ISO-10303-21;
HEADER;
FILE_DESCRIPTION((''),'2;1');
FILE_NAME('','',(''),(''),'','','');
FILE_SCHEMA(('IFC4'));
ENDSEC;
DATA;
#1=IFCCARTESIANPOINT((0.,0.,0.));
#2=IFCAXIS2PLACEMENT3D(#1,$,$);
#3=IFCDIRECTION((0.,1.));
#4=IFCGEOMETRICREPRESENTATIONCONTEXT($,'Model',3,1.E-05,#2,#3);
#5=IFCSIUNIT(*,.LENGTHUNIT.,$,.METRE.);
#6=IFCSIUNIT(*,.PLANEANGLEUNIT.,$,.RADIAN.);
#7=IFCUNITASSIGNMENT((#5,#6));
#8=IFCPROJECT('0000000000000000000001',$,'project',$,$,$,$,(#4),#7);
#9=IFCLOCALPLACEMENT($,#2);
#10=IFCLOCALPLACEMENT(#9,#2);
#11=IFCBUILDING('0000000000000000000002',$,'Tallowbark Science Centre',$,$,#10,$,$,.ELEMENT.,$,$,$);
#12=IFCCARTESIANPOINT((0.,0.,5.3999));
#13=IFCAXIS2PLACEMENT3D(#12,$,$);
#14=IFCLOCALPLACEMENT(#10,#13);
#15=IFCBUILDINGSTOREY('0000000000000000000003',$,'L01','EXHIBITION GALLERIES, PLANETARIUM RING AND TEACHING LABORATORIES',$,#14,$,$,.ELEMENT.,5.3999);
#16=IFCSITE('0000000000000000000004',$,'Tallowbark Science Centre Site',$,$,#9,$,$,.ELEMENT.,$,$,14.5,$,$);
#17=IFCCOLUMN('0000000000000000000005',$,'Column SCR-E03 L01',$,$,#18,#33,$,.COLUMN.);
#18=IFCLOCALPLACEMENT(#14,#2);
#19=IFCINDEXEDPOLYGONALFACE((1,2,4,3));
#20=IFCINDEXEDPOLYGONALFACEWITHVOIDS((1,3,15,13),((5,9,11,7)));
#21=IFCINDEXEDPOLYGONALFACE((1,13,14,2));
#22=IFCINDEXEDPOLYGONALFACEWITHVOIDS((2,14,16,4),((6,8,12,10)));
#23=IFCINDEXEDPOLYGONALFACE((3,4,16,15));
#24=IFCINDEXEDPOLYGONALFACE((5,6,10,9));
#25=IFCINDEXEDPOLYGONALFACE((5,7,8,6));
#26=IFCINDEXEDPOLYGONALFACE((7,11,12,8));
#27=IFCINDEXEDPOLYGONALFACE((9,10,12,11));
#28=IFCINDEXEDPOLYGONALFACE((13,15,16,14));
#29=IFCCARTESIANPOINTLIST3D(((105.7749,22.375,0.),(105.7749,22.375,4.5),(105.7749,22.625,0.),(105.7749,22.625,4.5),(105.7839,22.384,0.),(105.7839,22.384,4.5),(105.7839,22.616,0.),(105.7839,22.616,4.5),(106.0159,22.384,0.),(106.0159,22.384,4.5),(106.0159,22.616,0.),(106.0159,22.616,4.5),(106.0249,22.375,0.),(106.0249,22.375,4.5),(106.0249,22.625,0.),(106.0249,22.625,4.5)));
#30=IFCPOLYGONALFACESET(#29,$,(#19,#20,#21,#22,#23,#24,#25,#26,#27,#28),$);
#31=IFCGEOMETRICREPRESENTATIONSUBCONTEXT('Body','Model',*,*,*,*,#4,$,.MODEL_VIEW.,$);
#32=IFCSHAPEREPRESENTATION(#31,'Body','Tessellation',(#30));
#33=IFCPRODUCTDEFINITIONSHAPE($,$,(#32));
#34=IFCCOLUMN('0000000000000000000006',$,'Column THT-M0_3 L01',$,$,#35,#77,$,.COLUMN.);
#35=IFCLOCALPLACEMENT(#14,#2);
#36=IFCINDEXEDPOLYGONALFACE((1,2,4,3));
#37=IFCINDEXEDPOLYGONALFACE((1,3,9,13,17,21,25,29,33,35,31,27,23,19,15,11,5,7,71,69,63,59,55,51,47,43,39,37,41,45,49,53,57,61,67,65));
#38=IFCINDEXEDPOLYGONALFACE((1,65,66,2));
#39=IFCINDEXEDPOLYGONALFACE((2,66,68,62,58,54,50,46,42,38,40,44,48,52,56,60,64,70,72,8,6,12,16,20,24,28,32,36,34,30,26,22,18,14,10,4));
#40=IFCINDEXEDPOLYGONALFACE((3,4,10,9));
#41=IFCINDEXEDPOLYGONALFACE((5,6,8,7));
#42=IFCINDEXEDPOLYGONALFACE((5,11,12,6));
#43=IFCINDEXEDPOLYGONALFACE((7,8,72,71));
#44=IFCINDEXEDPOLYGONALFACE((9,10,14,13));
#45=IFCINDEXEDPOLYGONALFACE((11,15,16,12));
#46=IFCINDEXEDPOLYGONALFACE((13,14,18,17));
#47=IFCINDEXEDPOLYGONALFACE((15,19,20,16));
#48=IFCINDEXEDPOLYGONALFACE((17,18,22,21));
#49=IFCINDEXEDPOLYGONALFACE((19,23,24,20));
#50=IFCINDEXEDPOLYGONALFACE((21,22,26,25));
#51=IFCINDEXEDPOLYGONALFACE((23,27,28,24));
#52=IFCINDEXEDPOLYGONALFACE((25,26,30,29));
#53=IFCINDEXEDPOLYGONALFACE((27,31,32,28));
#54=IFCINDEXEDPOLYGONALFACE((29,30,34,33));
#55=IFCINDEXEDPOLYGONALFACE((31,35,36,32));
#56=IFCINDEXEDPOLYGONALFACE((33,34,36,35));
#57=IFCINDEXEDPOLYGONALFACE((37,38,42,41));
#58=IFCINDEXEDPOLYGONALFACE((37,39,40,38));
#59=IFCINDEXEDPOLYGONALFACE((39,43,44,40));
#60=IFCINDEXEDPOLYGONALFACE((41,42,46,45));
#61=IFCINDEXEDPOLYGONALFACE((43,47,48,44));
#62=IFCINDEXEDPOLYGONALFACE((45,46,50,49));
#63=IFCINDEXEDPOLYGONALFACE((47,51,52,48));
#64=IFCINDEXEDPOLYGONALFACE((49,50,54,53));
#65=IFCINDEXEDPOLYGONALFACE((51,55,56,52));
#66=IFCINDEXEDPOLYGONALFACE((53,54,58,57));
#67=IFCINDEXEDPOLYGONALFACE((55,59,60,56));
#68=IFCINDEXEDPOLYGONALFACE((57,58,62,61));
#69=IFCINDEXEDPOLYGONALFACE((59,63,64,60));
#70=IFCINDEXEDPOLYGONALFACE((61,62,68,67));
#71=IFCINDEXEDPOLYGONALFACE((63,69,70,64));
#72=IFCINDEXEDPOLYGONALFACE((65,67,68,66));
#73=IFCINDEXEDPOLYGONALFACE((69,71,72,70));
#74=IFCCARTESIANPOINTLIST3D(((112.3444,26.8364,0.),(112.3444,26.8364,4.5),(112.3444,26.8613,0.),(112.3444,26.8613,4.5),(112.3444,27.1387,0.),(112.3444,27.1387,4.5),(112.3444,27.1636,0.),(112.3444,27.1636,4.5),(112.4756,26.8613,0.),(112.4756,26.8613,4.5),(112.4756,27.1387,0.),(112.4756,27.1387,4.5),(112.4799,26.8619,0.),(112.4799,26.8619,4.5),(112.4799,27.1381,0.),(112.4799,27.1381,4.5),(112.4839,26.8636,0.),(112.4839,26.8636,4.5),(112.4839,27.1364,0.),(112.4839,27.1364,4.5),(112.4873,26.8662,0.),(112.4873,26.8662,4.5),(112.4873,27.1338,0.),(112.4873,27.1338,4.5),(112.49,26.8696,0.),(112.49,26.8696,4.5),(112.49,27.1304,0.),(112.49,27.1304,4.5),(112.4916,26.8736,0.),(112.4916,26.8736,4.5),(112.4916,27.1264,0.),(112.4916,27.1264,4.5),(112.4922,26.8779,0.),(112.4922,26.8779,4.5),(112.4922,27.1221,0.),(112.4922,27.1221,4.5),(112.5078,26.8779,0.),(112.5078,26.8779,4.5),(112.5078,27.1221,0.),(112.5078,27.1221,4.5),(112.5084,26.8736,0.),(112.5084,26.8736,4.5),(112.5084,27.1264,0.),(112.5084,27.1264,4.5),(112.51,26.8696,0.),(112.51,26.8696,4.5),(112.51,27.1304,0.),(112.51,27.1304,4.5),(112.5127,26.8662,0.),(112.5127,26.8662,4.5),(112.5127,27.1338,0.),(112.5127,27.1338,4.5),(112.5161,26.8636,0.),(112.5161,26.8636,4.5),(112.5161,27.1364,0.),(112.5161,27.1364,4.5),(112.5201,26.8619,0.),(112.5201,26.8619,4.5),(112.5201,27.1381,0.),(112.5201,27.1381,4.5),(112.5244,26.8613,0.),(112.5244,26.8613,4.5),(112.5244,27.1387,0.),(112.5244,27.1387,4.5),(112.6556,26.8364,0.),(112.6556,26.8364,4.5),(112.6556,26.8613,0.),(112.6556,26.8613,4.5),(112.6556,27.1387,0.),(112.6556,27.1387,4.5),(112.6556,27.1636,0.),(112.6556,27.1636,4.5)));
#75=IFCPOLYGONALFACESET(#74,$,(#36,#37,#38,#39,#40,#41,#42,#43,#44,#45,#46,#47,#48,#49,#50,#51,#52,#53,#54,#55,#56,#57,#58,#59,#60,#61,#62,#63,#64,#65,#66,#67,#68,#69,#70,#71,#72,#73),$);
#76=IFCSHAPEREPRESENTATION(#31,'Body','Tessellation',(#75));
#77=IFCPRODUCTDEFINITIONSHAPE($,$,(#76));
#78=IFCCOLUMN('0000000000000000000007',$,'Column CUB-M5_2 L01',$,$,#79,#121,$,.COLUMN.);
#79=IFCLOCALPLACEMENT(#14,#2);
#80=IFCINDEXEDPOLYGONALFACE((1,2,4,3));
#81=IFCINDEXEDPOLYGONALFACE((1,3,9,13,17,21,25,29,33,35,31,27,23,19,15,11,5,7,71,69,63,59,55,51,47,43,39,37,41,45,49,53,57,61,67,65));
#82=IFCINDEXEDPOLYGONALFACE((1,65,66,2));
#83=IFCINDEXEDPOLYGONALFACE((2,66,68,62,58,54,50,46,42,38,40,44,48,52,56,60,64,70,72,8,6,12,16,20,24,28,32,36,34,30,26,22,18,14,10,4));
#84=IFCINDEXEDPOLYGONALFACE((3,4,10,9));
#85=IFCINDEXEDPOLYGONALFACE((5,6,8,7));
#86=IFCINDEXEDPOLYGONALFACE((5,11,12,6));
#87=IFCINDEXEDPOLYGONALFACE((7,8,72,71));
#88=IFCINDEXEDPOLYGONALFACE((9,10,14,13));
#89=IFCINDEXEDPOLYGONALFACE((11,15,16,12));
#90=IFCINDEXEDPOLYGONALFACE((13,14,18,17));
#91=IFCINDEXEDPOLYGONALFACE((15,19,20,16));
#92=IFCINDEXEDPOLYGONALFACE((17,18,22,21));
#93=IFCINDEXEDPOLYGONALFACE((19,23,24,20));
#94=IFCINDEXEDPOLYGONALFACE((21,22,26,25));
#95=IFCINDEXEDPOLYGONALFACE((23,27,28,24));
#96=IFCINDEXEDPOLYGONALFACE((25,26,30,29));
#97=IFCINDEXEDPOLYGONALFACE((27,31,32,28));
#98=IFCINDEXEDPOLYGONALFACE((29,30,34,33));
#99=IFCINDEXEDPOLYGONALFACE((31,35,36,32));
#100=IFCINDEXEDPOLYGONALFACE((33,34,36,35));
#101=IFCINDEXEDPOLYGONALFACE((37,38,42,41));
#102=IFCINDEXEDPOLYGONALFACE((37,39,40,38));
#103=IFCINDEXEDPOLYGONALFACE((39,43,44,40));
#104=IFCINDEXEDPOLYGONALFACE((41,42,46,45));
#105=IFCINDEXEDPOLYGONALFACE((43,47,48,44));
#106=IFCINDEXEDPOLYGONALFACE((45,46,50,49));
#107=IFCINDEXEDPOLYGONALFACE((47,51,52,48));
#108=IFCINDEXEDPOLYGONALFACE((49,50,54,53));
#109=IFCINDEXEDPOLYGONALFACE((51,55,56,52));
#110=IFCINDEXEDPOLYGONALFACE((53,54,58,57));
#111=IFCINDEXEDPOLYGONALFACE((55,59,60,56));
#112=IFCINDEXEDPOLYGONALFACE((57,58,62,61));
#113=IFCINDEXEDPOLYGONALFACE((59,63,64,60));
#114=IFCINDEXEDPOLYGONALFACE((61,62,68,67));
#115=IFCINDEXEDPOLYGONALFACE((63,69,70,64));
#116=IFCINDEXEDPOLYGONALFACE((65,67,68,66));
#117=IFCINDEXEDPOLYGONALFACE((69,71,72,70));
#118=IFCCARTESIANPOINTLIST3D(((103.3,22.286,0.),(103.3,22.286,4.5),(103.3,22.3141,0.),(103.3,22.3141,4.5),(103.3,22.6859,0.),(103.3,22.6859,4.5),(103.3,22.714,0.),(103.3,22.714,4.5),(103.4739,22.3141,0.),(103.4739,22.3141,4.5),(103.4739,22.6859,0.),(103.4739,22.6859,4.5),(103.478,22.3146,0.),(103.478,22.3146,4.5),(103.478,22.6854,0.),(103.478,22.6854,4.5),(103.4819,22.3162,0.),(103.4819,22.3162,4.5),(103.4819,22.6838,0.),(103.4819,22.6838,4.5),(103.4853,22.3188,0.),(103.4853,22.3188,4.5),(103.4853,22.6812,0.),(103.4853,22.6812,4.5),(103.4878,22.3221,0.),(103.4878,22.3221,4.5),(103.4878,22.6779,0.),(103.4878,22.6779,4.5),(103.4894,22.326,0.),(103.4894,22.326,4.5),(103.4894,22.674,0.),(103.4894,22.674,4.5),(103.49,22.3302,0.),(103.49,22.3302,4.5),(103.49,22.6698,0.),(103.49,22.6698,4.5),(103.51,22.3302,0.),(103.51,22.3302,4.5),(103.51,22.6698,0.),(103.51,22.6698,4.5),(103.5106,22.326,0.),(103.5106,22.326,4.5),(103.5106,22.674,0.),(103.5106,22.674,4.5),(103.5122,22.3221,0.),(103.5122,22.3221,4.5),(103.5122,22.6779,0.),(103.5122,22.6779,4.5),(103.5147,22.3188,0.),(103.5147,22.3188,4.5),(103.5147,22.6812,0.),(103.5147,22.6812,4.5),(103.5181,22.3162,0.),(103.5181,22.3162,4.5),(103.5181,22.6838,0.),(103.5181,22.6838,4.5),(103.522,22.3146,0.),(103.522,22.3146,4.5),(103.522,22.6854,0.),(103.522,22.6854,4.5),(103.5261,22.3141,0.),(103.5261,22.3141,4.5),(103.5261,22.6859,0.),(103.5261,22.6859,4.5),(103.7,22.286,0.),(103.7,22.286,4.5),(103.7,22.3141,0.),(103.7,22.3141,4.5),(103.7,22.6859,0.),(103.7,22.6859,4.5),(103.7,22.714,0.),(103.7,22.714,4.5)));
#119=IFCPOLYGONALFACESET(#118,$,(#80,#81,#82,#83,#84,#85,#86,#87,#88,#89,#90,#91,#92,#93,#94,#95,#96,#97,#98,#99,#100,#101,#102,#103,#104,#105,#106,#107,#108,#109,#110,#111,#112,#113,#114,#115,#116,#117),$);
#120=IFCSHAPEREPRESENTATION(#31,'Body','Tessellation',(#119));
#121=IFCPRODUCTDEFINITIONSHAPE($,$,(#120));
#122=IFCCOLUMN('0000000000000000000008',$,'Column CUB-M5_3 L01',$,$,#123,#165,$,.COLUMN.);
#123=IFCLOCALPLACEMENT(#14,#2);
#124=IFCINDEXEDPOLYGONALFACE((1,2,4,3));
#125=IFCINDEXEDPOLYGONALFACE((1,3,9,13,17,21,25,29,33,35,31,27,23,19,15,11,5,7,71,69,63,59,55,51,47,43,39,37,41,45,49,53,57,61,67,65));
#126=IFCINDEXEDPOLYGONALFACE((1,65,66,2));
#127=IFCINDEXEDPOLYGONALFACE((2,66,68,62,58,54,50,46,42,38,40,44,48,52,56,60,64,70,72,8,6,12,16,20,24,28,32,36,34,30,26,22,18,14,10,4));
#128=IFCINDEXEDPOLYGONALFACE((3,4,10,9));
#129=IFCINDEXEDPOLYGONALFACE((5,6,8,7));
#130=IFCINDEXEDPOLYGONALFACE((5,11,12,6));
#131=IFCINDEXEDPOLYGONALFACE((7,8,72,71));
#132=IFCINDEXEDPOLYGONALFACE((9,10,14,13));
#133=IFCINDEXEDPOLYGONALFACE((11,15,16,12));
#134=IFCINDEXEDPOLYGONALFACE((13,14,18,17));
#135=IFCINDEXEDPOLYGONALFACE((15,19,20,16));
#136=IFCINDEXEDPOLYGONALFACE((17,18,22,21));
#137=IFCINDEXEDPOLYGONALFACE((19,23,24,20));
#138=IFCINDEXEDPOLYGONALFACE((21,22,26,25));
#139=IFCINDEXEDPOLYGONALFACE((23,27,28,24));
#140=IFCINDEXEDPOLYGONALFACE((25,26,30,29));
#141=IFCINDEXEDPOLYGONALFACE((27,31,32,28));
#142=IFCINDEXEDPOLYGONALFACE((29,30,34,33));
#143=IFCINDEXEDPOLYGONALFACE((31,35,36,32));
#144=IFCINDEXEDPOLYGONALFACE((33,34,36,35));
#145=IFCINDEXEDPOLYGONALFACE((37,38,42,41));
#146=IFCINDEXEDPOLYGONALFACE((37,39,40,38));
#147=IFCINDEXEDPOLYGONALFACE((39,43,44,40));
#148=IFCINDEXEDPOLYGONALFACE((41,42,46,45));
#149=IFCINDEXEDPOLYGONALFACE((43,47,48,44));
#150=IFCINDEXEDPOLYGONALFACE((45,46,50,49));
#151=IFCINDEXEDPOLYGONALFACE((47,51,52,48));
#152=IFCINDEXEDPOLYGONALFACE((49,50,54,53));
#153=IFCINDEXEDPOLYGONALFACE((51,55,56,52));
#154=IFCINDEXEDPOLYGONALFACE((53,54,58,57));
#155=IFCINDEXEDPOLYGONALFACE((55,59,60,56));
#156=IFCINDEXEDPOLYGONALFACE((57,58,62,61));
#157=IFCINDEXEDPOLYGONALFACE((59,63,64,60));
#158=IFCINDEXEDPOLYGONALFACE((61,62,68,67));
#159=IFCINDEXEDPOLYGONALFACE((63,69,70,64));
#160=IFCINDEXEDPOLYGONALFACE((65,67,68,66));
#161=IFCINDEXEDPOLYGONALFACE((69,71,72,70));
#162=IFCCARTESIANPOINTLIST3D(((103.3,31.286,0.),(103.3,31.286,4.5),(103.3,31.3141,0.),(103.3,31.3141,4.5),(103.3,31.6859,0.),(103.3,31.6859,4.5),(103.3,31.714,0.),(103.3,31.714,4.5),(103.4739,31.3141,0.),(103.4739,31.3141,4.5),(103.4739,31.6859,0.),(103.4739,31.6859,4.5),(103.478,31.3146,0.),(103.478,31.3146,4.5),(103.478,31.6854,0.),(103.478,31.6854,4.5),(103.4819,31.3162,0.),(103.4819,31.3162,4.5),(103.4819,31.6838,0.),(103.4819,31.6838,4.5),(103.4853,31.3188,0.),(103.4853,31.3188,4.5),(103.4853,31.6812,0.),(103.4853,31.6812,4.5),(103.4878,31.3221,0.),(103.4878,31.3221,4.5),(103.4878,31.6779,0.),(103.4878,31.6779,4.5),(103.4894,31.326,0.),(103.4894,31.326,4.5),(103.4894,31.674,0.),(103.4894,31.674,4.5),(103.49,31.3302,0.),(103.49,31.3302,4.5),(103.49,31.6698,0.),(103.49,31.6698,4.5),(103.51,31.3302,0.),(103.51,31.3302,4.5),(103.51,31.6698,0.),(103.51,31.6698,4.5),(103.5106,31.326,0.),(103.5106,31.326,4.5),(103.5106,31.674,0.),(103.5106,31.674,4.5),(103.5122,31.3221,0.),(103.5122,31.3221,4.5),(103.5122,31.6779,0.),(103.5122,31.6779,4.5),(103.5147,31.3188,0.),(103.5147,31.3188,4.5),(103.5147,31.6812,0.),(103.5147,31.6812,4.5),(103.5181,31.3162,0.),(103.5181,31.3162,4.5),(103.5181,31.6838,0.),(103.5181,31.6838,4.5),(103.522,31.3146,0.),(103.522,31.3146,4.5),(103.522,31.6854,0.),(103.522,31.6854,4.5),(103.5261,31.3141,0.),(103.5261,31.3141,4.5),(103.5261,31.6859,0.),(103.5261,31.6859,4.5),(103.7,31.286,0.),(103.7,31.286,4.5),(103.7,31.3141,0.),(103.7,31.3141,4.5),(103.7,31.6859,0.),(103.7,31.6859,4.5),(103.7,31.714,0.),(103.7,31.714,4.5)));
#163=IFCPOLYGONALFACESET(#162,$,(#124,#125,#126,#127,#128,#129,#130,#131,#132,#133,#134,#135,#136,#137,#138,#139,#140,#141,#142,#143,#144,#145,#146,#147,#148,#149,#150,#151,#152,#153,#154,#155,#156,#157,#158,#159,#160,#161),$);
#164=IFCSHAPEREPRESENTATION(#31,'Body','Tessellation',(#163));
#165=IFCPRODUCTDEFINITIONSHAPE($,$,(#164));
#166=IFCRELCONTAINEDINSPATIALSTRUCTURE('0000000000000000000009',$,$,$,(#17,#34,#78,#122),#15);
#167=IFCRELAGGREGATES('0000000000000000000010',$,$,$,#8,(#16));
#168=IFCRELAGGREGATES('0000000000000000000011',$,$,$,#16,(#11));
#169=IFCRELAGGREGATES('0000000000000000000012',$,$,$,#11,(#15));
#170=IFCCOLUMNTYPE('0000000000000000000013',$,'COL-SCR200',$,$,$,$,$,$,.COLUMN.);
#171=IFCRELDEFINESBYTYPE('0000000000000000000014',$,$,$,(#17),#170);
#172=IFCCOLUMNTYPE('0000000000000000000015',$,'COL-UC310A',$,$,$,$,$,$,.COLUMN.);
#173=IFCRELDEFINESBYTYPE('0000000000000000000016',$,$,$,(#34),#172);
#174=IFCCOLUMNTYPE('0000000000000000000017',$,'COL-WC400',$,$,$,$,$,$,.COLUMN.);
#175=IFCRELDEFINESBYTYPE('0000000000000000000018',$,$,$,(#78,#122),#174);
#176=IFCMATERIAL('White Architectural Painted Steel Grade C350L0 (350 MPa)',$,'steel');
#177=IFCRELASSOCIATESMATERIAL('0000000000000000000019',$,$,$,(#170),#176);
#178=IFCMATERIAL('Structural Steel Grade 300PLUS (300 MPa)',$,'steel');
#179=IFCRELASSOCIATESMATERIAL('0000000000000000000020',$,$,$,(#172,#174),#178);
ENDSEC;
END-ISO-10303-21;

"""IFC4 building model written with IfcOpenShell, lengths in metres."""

from ifc_helpers import new_model, si_unit, direction, frame, origin, origin_2d, place, context, subcontext, project, spatial, hollow_rectangle, i_section, extrude, material, material_profile, profile_set, type_object, element, save


model = new_model("IFC4")

# Units and contexts
model_context = context("Model", 3, precision=1e-05, world=origin(), true_north=direction((0.0, 1.0)))
body_context = subcontext(model_context, "Body", "Model", "MODEL_VIEW")
ifc_project = project(units=[si_unit("LENGTHUNIT", "METRE"), si_unit("PLANEANGLEUNIT", "RADIAN")], contexts=[model_context])

# Site, building, storey
site_placement = place(None, origin())
site = spatial("IfcSite", under=ifc_project, at=site_placement, Name="Tallowbark Science Centre Site", CompositionType="ELEMENT", RefElevation=14.5)
building_placement = place(site_placement, origin())
building = spatial("IfcBuilding", under=site, at=building_placement, Name="Tallowbark Science Centre", CompositionType="ELEMENT")
storey_placement = place(building_placement, frame((0.0, 0.0, 5.3999)))
storey = spatial("IfcBuildingStorey", under=building, at=storey_placement, Name="L01", Description="EXHIBITION GALLERIES, PLANETARIUM RING AND TEACHING LABORATORIES", CompositionType="ELEMENT", Elevation=5.3999)

# Columns
ifc_material_1 = material(Name="White Architectural Painted Steel Grade C350L0 (350 MPa)", Category="steel")
ifc_material_profile_1 = material_profile(ifc_material_1, hollow_rectangle(XDim=0.25, YDim=0.25, WallThickness=0.009, at=origin_2d()), Name="250x250x9.0SHS")
ifc_profile_set_1 = profile_set([ifc_material_profile_1], Name="White Architectural Painted Steel Grade C350L0 (350 MPa)")
column_type_1 = type_object("IfcColumnType", Name="COL-SCR200", PredefinedType="COLUMN", material=ifc_profile_set_1)
column_1_placement = place(storey_placement, frame((105.8999, 22.5, 0.0), z_axis=(0.0, 0.0, 1.0), x_axis=(1.0, 0.0, 0.0)))
element("IfcColumn", 1, at=column_1_placement, inside=storey, type_object=column_type_1, Name="Column SCR-E03 L01", PredefinedType="COLUMN", context=body_context, shape_type="SweptSolid", body=[
    extrude(hollow_rectangle(XDim=0.25, YDim=0.25, WallThickness=0.009, at=origin_2d()), origin(), (0.0, 0.0, 1.0), 4.5),
])
ifc_material_2 = material(Name="Structural Steel Grade 300PLUS (300 MPa)", Category="steel")
ifc_material_profile_2 = material_profile(ifc_material_2, i_section(OverallWidth=0.3113, OverallDepth=0.3271, WebThickness=0.0156, FlangeThickness=0.0249, FilletRadius=0.0166, at=origin_2d()), Name="310UC158")
ifc_profile_set_2 = profile_set([ifc_material_profile_2], Name="Structural Steel Grade 300PLUS (300 MPa)")
column_type_2 = type_object("IfcColumnType", Name="COL-UC310A", PredefinedType="COLUMN", material=ifc_profile_set_2)
column_2_placement = place(storey_placement, frame((112.5, 27.0, 0.0), z_axis=(0.0, 0.0, 1.0), x_axis=(1.0, 0.0, 0.0)))
element("IfcColumn", 2, at=column_2_placement, inside=storey, type_object=column_type_2, Name="Column THT-M0_3 L01", PredefinedType="COLUMN", context=body_context, shape_type="SweptSolid", body=[
    extrude(i_section(OverallWidth=0.3113, OverallDepth=0.3271, WebThickness=0.0156, FlangeThickness=0.0249, FilletRadius=0.0166, at=origin_2d()), origin(), (0.0, 0.0, 1.0), 4.5),
])
ifc_material_profile_3 = material_profile(ifc_material_2, i_section(OverallWidth=0.3999, OverallDepth=0.428, WebThickness=0.02, FlangeThickness=0.0281, FilletRadius=0.0161, at=origin_2d()), Name="400WC270")
ifc_profile_set_3 = profile_set([ifc_material_profile_3], Name="Structural Steel Grade 300PLUS (300 MPa)")
column_type_3 = type_object("IfcColumnType", Name="COL-WC400", PredefinedType="COLUMN", material=ifc_profile_set_3)
for number, where, z_axis, x_axis, name in (
    (3, (103.5, 22.5, 0.0), (0.0, 0.0, 1.0), (1.0, 0.0, 0.0), "Column CUB-M5_2 L01"),
    (4, (103.5, 31.5, 0.0), (0.0, 0.0, 1.0), (1.0, 0.0, 0.0), "Column CUB-M5_3 L01"),
):
    element("IfcColumn", number, at=place(storey_placement, frame(where, z_axis=z_axis, x_axis=x_axis)), inside=storey, type_object=column_type_3, Name=name, PredefinedType="COLUMN", context=body_context, shape_type="SweptSolid", body=[
        extrude(i_section(OverallWidth=0.3999, OverallDepth=0.428, WebThickness=0.02, FlangeThickness=0.0281, FilletRadius=0.0161, at=origin_2d()), origin(), (0.0, 0.0, 1.0), 4.5),
    ])

save(model, "model.ifc")
